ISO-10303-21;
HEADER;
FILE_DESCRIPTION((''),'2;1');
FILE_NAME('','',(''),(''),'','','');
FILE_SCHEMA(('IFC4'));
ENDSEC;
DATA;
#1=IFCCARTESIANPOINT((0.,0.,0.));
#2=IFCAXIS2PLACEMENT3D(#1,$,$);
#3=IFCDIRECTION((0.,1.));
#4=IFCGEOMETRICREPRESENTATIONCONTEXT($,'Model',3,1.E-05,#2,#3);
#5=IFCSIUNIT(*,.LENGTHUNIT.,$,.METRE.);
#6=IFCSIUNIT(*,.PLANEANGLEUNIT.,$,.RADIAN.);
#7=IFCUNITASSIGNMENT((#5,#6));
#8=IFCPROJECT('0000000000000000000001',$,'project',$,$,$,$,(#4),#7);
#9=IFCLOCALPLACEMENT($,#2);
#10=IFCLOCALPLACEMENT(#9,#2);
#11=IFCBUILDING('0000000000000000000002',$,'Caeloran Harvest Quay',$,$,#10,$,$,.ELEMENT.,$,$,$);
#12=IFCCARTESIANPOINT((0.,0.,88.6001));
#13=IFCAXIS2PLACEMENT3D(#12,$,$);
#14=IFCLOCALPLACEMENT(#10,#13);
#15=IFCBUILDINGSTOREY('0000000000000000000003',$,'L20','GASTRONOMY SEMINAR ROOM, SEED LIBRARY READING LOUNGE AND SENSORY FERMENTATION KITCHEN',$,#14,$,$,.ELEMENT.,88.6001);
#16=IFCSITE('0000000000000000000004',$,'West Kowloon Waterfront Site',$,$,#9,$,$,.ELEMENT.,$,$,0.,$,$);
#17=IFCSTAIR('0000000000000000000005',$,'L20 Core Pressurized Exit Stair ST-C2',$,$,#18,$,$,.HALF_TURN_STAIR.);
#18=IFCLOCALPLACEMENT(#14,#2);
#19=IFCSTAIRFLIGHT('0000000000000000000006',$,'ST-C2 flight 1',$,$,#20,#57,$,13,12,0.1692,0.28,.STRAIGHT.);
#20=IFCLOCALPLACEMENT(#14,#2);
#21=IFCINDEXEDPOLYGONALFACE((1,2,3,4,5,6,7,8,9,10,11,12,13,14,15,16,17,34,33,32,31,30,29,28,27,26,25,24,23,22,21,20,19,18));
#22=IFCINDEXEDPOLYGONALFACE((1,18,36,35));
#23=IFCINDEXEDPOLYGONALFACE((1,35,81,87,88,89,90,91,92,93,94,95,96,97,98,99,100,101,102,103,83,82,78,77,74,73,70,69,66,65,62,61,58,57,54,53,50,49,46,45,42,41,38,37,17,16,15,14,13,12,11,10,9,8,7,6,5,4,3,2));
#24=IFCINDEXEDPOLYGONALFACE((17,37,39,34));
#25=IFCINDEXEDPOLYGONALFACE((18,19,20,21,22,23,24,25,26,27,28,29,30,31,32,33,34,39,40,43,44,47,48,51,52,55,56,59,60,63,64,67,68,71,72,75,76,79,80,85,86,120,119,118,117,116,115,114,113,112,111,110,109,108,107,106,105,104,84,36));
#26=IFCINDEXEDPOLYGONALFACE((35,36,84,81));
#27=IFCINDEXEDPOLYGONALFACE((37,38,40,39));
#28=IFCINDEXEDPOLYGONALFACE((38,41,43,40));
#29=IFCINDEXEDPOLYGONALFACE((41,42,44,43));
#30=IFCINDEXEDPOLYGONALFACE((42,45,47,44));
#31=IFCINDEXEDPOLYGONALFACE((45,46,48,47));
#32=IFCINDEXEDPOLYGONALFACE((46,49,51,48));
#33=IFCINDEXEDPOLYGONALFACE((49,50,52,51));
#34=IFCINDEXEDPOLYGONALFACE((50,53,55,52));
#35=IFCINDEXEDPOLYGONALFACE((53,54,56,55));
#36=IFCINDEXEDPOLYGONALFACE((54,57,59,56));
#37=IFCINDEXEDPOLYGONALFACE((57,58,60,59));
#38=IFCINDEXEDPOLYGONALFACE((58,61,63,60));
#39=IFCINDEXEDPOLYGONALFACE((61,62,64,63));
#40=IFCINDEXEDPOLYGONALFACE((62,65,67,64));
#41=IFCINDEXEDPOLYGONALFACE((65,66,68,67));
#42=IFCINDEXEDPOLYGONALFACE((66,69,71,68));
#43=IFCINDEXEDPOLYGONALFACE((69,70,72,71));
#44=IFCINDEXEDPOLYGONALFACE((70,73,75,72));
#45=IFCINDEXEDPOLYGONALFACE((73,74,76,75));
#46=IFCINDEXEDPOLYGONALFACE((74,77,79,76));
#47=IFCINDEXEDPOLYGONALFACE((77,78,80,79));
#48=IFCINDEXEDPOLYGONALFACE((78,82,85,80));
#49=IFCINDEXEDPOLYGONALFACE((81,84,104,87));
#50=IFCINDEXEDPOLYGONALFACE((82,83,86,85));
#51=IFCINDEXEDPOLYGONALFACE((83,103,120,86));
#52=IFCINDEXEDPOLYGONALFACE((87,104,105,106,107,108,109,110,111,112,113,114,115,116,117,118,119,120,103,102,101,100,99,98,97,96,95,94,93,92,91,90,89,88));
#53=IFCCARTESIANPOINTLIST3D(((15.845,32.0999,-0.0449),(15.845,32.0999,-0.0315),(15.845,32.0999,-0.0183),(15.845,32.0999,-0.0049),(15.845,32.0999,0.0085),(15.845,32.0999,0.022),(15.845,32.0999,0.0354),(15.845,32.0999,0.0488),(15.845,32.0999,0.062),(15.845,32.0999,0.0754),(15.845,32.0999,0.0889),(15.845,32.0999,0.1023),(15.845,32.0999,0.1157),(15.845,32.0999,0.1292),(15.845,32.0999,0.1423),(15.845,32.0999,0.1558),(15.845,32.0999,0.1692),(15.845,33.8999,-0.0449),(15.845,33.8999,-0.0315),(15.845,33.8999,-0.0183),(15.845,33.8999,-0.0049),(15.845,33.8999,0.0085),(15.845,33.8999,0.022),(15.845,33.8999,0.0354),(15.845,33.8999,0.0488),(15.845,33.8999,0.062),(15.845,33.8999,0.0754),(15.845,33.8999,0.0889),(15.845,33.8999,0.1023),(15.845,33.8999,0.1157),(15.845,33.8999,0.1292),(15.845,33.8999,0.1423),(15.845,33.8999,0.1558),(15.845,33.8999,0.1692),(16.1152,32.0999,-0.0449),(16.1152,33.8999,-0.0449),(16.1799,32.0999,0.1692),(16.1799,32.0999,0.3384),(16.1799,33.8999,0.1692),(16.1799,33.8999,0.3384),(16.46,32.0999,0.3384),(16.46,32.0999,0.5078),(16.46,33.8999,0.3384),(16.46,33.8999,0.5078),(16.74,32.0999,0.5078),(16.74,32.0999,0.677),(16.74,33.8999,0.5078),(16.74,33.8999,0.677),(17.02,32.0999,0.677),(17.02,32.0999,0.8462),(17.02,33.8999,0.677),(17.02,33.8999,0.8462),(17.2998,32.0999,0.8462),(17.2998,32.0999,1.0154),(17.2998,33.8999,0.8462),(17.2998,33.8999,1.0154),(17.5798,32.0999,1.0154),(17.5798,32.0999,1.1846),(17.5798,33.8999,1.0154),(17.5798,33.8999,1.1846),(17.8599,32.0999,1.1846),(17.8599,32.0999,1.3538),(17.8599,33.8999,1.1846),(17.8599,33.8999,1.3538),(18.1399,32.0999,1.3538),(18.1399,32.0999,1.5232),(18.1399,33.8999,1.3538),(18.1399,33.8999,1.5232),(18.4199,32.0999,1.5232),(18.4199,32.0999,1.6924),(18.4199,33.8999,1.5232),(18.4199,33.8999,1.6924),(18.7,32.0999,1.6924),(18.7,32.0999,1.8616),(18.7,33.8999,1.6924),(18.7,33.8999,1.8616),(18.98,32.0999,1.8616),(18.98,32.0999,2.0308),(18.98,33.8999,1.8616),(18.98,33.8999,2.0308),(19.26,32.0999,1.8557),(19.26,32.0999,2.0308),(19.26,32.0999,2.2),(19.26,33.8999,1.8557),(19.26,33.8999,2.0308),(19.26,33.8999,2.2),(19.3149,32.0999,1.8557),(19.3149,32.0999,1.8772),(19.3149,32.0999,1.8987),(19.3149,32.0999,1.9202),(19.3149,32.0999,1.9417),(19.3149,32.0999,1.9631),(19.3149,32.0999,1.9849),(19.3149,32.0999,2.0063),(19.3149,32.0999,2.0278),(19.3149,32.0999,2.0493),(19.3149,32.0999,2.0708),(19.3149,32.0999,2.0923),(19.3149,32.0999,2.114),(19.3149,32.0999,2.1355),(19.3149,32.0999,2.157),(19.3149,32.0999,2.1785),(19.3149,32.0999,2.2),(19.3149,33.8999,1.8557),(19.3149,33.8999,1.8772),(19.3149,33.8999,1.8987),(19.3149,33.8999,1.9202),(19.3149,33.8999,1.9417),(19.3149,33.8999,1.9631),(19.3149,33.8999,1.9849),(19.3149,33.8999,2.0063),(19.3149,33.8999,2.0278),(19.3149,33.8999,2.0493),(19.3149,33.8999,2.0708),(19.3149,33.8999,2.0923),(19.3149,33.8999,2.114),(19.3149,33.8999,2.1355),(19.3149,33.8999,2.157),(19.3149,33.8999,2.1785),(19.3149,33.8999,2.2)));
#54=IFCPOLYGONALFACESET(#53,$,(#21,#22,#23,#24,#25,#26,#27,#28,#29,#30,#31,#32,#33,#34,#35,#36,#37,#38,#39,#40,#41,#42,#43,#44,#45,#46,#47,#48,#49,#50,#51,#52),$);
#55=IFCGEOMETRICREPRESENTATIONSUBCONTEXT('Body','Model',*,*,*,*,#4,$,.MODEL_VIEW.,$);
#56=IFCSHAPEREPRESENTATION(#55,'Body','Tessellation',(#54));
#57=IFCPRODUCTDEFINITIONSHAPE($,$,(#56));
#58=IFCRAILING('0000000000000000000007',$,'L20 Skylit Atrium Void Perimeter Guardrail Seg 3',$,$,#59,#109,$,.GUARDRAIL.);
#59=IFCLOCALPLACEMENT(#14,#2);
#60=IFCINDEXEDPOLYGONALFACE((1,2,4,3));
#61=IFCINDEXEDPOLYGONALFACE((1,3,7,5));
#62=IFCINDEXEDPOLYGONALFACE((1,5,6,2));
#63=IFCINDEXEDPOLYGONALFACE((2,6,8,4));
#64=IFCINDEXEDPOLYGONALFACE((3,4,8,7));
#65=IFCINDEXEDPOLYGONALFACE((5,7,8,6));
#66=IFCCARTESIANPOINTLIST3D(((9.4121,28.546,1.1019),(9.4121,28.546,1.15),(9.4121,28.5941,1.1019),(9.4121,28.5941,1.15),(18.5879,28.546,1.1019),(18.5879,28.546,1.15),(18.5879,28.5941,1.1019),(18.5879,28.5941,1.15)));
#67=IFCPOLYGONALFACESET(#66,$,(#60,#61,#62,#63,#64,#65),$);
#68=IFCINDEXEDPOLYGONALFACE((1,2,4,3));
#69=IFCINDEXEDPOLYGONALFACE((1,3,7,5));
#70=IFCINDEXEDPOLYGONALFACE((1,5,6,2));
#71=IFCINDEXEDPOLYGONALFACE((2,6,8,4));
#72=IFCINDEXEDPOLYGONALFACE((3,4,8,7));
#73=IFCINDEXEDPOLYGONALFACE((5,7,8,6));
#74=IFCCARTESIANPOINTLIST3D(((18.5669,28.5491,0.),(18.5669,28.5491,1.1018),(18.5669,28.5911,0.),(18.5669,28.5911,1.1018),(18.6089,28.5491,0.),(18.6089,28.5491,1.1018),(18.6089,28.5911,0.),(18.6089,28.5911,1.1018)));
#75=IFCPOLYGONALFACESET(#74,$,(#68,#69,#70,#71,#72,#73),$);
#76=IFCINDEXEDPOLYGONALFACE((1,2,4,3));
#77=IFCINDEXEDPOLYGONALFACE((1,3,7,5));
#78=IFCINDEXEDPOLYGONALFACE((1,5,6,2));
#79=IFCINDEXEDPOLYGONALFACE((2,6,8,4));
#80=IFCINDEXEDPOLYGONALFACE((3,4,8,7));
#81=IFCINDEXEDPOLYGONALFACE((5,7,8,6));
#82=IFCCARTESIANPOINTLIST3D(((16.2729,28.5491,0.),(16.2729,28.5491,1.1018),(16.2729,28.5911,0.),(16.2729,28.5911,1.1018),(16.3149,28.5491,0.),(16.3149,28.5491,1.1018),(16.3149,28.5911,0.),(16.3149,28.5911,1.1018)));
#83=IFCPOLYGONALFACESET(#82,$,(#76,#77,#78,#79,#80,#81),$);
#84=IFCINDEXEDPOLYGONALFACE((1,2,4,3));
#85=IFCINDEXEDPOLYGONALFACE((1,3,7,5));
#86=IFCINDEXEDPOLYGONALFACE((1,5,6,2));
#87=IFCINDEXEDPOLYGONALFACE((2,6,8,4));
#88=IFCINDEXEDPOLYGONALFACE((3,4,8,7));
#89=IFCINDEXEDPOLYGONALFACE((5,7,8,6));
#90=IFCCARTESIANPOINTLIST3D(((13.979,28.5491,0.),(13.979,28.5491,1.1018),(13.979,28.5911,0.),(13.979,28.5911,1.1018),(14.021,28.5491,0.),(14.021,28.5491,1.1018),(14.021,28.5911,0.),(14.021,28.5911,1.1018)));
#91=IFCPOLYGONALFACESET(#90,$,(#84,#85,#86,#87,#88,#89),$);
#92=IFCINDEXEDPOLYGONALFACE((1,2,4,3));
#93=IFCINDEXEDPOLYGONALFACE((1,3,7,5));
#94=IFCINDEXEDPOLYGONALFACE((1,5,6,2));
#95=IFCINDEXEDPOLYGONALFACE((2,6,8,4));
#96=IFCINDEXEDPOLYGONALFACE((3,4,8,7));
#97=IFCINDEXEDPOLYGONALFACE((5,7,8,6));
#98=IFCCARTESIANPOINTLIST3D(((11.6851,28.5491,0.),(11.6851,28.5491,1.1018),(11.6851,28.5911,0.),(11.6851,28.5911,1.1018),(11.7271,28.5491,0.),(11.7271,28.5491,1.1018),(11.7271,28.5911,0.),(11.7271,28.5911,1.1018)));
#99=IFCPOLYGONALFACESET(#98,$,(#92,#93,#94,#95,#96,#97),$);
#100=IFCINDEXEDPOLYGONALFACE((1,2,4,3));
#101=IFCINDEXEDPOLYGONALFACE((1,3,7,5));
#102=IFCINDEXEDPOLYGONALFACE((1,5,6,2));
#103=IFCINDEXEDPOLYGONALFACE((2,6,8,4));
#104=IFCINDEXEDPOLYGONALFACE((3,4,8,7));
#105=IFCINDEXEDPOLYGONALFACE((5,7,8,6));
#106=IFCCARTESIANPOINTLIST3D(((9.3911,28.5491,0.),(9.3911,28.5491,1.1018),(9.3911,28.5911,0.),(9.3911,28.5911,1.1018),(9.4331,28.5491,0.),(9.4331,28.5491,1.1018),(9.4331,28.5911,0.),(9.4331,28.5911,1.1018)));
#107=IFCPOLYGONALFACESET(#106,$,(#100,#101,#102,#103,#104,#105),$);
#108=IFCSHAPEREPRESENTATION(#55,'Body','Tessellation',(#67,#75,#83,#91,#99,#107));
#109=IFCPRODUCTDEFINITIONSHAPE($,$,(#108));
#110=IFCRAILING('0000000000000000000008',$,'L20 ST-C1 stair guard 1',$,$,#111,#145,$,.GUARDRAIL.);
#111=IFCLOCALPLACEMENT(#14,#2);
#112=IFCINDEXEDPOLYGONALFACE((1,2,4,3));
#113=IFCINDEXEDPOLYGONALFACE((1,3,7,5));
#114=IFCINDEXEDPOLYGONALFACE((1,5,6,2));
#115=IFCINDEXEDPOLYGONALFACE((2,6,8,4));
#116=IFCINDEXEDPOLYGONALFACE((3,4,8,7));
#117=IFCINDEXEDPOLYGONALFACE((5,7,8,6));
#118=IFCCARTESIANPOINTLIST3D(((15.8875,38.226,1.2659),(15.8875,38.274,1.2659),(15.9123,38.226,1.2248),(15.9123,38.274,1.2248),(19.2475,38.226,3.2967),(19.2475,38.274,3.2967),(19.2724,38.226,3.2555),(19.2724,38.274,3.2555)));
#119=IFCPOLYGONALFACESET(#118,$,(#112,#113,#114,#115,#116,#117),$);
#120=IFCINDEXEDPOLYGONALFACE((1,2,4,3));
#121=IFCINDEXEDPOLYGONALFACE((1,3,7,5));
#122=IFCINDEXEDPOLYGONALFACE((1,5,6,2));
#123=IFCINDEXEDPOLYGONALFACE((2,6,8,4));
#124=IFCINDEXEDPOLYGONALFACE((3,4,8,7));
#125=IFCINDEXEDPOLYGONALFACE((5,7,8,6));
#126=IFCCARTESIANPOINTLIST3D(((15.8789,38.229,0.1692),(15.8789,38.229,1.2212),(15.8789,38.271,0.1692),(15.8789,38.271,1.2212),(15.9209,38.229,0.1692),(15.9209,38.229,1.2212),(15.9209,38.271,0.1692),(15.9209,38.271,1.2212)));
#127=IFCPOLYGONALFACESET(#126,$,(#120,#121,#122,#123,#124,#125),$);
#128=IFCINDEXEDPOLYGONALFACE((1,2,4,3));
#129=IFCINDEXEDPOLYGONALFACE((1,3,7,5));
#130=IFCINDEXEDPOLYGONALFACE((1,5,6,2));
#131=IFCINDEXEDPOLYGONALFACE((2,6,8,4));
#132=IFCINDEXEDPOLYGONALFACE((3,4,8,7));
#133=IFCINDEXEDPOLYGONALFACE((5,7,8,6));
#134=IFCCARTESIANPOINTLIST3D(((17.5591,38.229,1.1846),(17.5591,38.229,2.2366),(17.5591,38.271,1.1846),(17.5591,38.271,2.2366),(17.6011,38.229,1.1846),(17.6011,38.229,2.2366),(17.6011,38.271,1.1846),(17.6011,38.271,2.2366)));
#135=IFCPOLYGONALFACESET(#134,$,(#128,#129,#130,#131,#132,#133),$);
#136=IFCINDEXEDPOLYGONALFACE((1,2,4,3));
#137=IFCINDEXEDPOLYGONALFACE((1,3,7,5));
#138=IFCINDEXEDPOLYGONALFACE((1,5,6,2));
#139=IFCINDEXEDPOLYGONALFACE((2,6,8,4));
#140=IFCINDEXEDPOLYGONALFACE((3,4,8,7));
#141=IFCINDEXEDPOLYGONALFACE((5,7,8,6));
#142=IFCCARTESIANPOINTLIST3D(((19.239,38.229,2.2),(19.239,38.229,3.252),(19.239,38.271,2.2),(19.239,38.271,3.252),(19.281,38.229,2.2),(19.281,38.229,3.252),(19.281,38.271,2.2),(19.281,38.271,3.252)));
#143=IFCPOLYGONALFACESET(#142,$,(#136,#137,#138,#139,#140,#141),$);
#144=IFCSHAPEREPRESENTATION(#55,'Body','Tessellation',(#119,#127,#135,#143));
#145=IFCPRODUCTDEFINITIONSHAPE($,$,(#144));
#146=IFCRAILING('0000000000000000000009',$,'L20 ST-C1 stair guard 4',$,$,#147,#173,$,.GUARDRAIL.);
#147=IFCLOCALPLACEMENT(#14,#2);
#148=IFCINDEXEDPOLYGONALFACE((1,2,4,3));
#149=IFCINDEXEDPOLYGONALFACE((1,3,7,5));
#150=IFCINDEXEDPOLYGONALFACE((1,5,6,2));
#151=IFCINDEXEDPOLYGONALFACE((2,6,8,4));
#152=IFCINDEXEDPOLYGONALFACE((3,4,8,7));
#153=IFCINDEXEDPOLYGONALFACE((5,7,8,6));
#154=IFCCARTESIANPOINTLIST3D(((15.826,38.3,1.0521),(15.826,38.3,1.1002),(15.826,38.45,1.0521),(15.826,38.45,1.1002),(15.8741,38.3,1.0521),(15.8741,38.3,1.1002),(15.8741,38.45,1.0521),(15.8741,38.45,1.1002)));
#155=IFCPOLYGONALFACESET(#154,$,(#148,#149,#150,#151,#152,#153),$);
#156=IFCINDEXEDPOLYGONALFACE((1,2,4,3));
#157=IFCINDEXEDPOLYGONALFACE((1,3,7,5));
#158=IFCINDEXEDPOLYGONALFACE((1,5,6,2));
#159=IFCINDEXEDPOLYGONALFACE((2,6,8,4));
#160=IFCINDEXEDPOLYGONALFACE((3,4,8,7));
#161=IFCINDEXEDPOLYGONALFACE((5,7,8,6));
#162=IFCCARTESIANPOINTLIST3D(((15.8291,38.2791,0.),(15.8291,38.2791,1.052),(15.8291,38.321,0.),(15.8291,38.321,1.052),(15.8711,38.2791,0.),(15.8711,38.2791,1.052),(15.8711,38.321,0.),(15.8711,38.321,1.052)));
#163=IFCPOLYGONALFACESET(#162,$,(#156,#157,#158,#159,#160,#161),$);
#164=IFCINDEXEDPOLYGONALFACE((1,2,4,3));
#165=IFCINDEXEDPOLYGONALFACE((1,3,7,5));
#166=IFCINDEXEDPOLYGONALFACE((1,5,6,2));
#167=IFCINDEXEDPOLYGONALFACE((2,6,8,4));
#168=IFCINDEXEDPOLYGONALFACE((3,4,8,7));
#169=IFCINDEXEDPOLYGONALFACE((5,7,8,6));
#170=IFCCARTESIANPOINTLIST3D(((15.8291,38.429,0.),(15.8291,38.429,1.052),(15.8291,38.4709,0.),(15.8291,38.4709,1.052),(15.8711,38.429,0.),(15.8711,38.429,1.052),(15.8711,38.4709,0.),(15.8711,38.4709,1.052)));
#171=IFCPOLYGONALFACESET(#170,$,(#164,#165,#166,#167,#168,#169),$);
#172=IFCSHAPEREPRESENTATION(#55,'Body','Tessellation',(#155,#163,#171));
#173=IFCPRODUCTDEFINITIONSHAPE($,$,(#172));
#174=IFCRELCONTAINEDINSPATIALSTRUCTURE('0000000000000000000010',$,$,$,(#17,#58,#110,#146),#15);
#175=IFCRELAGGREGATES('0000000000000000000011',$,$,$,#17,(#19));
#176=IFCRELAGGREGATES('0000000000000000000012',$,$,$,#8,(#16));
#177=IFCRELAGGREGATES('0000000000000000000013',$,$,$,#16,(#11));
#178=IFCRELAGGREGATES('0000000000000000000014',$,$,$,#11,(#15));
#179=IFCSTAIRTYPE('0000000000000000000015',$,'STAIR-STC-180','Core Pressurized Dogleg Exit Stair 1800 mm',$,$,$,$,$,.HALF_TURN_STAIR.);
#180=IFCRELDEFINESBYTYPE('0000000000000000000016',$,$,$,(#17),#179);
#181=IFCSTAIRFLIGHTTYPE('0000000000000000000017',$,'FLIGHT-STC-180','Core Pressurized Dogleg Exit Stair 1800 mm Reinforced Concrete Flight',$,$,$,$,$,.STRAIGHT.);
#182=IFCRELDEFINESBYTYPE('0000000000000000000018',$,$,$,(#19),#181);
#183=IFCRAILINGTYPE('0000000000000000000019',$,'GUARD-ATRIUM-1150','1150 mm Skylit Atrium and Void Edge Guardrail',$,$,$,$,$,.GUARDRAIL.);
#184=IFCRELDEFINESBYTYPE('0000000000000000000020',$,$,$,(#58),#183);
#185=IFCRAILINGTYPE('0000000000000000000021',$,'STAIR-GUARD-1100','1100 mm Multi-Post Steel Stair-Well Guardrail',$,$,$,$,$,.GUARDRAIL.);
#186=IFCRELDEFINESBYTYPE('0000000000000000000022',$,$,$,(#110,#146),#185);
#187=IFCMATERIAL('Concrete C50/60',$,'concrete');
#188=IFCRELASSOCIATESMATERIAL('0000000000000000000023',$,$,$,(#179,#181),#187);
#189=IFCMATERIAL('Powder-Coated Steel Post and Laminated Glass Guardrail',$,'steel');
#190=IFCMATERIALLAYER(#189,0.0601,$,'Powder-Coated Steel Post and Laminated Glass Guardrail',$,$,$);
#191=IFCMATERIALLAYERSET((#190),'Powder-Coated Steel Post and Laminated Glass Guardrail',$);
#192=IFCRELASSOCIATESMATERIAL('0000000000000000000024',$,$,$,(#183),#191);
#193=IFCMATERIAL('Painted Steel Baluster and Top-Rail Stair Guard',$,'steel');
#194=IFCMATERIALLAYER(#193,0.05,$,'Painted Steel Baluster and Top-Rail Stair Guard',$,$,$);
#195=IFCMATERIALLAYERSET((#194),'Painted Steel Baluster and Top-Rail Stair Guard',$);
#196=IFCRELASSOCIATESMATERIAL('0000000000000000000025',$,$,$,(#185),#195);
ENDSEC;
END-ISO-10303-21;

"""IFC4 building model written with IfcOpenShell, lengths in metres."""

from ifc_helpers import new_model, si_unit, direction, frame, origin, origin_2d, place, context, subcontext, project, spatial, polyline, rectangle, outline, extrude, material, layer, layer_set, type_object, element, aggregate, save


model = new_model("IFC4")

# Units and contexts
model_context = context("Model", 3, precision=1e-05, world=origin(), true_north=direction((0.0, 1.0)))
body_context = subcontext(model_context, "Body", "Model", "MODEL_VIEW")
ifc_project = project(units=[si_unit("LENGTHUNIT", "METRE"), si_unit("PLANEANGLEUNIT", "RADIAN")], contexts=[model_context])

# Site, building, storey
site_placement = place(None, origin())
site = spatial("IfcSite", under=ifc_project, at=site_placement, Name="West Kowloon Waterfront Site", CompositionType="ELEMENT", RefElevation=0.0)
building_placement = place(site_placement, origin())
building = spatial("IfcBuilding", under=site, at=building_placement, Name="Caeloran Harvest Quay", CompositionType="ELEMENT")
storey_placement = place(building_placement, frame((0.0, 0.0, 88.6001)))
storey = spatial("IfcBuildingStorey", under=building, at=storey_placement, Name="L20", Description="GASTRONOMY SEMINAR ROOM, SEED LIBRARY READING LOUNGE AND SENSORY FERMENTATION KITCHEN", CompositionType="ELEMENT", Elevation=88.6001)

# Stair, stair flight
ifc_material_1 = material(Name="Concrete C50/60", Category="concrete")
stair_type = type_object("IfcStairType", Name="STAIR-STC-180", Description="Core Pressurized Dogleg Exit Stair 1800 mm", PredefinedType="HALF_TURN_STAIR", material=ifc_material_1)
stair_flight_type = type_object("IfcStairFlightType", Name="FLIGHT-STC-180", Description="Core Pressurized Dogleg Exit Stair 1800 mm Reinforced Concrete Flight", PredefinedType="STRAIGHT", material=ifc_material_1)
stair_1_placement = place(storey_placement, origin())
stair_1 = element("IfcStair", 1, at=stair_1_placement, inside=storey, type_object=stair_type, Name="L20 Core Pressurized Exit Stair ST-C2", PredefinedType="HALF_TURN_STAIR")
stair_flight_1_placement = place(storey_placement, frame((15.8999, 33.0, 0.0), z_axis=(0.0, 0.0, 1.0), x_axis=(1.0, 0.0, 0.0)))
stair_flight_1 = element("IfcStairFlight", 2, at=stair_flight_1_placement, type_object=stair_flight_type, Name="ST-C2 flight 1", NumberOfRisers=13, NumberOfTreads=12, PredefinedType="STRAIGHT", RiserHeight=0.1692, TreadLength=0.28, context=body_context, shape_type="SweptSolid", body=[
    extrude(outline(polyline([(-0.0549, -0.0449), (-0.0549, -0.0315), (-0.0549, -0.0183), (-0.0549, -0.0049), (-0.0549, 0.0085), (-0.0549, 0.022), (-0.0549, 0.0354), (-0.0549, 0.0488), (-0.0549, 0.062), (-0.0549, 0.0754), (-0.0549, 0.0889), (-0.0549, 0.1023), (-0.0549, 0.1157), (-0.0549, 0.1292), (-0.0549, 0.1423), (-0.0549, 0.1558), (-0.0549, 0.1692), (0.28, 0.1692), (0.28, 0.3384), (0.5601, 0.3384), (0.5601, 0.5078), (0.8401, 0.5078), (0.8401, 0.677), (1.1201, 0.677), (1.1201, 0.8462), (1.3999, 0.8462), (1.3999, 1.0154), (1.6799, 1.0154), (1.6799, 1.1846), (1.96, 1.1846), (1.96, 1.3538), (2.24, 1.3538), (2.24, 1.5232), (2.52, 1.5232), (2.52, 1.6924), (2.8, 1.6924), (2.8, 1.8616), (3.0801, 1.8616), (3.0801, 2.0308), (3.3601, 2.0308), (3.3601, 2.2), (3.415, 2.2), (3.415, 2.1785), (3.415, 2.157), (3.415, 2.1355), (3.415, 2.114), (3.415, 2.0923), (3.415, 2.0708), (3.415, 2.0493), (3.415, 2.0278), (3.415, 2.0063), (3.415, 1.9849), (3.415, 1.9631), (3.415, 1.9417), (3.415, 1.9202), (3.415, 1.8987), (3.415, 1.8772), (3.415, 1.8557), (3.3601, 1.8557), (0.2153, -0.0449), (-0.0549, -0.0449)])), frame((0.0, 0.8999, 0.0), z_axis=(0.0, -1.0, 0.0), x_axis=(1.0, 0.0, 0.0)), (0.0, 0.0, 1.0), 1.8),
])
aggregate(stair_1, [stair_flight_1])

# Railings
ifc_material_2 = material(Name="Powder-Coated Steel Post and Laminated Glass Guardrail", Category="steel")
ifc_layer_1 = layer(ifc_material_2, 0.0601, Name="Powder-Coated Steel Post and Laminated Glass Guardrail")
ifc_layer_set_1 = layer_set([ifc_layer_1], Name="Powder-Coated Steel Post and Laminated Glass Guardrail")
railing_type_1 = type_object("IfcRailingType", Name="GUARD-ATRIUM-1150", Description="1150 mm Skylit Atrium and Void Edge Guardrail", PredefinedType="GUARDRAIL", material=ifc_layer_set_1)
railing_1_placement = place(storey_placement, frame((18.5879, 28.5701, 0.0)))
element("IfcRailing", 3, at=railing_1_placement, inside=storey, type_object=railing_type_1, Name="L20 Skylit Atrium Void Perimeter Guardrail Seg 3", PredefinedType="GUARDRAIL", context=body_context, shape_type="SweptSolid", body=[
    extrude(rectangle(XDim=0.0481, YDim=0.0481, at=origin_2d()), frame((0.0, 0.0, 1.126), z_axis=(-1.0, 0.0, 0.0), x_axis=(0.0, -1.0, 0.0)), (0.0, 0.0, 1.0), 9.1758),
    extrude(rectangle(XDim=0.042, YDim=0.042, at=origin_2d()), origin(), (0.0, 0.0, 1.0), 1.1018),
    extrude(rectangle(XDim=0.042, YDim=0.042, at=origin_2d()), frame((-2.2939, 0.0, 0.0)), (0.0, 0.0, 1.0), 1.1018),
    extrude(rectangle(XDim=0.042, YDim=0.042, at=origin_2d()), frame((-4.5879, 0.0, 0.0)), (0.0, 0.0, 1.0), 1.1018),
    extrude(rectangle(XDim=0.042, YDim=0.042, at=origin_2d()), frame((-6.8818, 0.0, 0.0)), (0.0, 0.0, 1.0), 1.1018),
    extrude(rectangle(XDim=0.042, YDim=0.042, at=origin_2d()), frame((-9.1758, 0.0, 0.0)), (0.0, 0.0, 1.0), 1.1018),
])
ifc_material_3 = material(Name="Painted Steel Baluster and Top-Rail Stair Guard", Category="steel")
ifc_layer_2 = layer(ifc_material_3, 0.05, Name="Painted Steel Baluster and Top-Rail Stair Guard")
ifc_layer_set_2 = layer_set([ifc_layer_2], Name="Painted Steel Baluster and Top-Rail Stair Guard")
railing_type_2 = type_object("IfcRailingType", Name="STAIR-GUARD-1100", Description="1100 mm Multi-Post Steel Stair-Well Guardrail", PredefinedType="GUARDRAIL", material=ifc_layer_set_2)
railing_2_placement = place(storey_placement, frame((15.8999, 38.25, 0.1692)))
element("IfcRailing", 4, at=railing_2_placement, inside=storey, type_object=railing_type_2, Name="L20 ST-C1 stair guard 1", PredefinedType="GUARDRAIL", context=body_context, shape_type="SweptSolid", body=[
    extrude(rectangle(XDim=0.0481, YDim=0.0481, at=origin_2d()), frame((0.0, 0.0, 1.0762), z_axis=(0.855837, 0.0, 0.517246), x_axis=(0.0, 1.0, 0.0)), (0.0, 0.0, 1.0), 3.926),
    extrude(rectangle(XDim=0.042, YDim=0.042, at=origin_2d()), origin(), (0.0, 0.0, 1.0), 1.052),
    extrude(rectangle(XDim=0.042, YDim=0.042, at=origin_2d()), frame((1.6802, 0.0, 1.0154)), (0.0, 0.0, 1.0), 1.052),
    extrude(rectangle(XDim=0.042, YDim=0.042, at=origin_2d()), frame((3.3601, 0.0, 2.0308)), (0.0, 0.0, 1.0), 1.052),
])
railing_3_placement = place(storey_placement, frame((15.8501, 38.3, 0.0)))
element("IfcRailing", 5, at=railing_3_placement, inside=storey, type_object=railing_type_2, Name="L20 ST-C1 stair guard 4", PredefinedType="GUARDRAIL", context=body_context, shape_type="SweptSolid", body=[
    extrude(rectangle(XDim=0.0481, YDim=0.0481, at=origin_2d()), frame((0.0, 0.0, 1.0762), z_axis=(0.0, 1.0, 0.0), x_axis=(-1.0, 0.0, 0.0)), (0.0, 0.0, 1.0), 0.1499),
    extrude(rectangle(XDim=0.042, YDim=0.042, at=origin_2d()), origin(), (0.0, 0.0, 1.0), 1.052),
    extrude(rectangle(XDim=0.042, YDim=0.042, at=origin_2d()), frame((0.0, 0.1499, 0.0)), (0.0, 0.0, 1.0), 1.052),
])

save(model, "model.ifc")
